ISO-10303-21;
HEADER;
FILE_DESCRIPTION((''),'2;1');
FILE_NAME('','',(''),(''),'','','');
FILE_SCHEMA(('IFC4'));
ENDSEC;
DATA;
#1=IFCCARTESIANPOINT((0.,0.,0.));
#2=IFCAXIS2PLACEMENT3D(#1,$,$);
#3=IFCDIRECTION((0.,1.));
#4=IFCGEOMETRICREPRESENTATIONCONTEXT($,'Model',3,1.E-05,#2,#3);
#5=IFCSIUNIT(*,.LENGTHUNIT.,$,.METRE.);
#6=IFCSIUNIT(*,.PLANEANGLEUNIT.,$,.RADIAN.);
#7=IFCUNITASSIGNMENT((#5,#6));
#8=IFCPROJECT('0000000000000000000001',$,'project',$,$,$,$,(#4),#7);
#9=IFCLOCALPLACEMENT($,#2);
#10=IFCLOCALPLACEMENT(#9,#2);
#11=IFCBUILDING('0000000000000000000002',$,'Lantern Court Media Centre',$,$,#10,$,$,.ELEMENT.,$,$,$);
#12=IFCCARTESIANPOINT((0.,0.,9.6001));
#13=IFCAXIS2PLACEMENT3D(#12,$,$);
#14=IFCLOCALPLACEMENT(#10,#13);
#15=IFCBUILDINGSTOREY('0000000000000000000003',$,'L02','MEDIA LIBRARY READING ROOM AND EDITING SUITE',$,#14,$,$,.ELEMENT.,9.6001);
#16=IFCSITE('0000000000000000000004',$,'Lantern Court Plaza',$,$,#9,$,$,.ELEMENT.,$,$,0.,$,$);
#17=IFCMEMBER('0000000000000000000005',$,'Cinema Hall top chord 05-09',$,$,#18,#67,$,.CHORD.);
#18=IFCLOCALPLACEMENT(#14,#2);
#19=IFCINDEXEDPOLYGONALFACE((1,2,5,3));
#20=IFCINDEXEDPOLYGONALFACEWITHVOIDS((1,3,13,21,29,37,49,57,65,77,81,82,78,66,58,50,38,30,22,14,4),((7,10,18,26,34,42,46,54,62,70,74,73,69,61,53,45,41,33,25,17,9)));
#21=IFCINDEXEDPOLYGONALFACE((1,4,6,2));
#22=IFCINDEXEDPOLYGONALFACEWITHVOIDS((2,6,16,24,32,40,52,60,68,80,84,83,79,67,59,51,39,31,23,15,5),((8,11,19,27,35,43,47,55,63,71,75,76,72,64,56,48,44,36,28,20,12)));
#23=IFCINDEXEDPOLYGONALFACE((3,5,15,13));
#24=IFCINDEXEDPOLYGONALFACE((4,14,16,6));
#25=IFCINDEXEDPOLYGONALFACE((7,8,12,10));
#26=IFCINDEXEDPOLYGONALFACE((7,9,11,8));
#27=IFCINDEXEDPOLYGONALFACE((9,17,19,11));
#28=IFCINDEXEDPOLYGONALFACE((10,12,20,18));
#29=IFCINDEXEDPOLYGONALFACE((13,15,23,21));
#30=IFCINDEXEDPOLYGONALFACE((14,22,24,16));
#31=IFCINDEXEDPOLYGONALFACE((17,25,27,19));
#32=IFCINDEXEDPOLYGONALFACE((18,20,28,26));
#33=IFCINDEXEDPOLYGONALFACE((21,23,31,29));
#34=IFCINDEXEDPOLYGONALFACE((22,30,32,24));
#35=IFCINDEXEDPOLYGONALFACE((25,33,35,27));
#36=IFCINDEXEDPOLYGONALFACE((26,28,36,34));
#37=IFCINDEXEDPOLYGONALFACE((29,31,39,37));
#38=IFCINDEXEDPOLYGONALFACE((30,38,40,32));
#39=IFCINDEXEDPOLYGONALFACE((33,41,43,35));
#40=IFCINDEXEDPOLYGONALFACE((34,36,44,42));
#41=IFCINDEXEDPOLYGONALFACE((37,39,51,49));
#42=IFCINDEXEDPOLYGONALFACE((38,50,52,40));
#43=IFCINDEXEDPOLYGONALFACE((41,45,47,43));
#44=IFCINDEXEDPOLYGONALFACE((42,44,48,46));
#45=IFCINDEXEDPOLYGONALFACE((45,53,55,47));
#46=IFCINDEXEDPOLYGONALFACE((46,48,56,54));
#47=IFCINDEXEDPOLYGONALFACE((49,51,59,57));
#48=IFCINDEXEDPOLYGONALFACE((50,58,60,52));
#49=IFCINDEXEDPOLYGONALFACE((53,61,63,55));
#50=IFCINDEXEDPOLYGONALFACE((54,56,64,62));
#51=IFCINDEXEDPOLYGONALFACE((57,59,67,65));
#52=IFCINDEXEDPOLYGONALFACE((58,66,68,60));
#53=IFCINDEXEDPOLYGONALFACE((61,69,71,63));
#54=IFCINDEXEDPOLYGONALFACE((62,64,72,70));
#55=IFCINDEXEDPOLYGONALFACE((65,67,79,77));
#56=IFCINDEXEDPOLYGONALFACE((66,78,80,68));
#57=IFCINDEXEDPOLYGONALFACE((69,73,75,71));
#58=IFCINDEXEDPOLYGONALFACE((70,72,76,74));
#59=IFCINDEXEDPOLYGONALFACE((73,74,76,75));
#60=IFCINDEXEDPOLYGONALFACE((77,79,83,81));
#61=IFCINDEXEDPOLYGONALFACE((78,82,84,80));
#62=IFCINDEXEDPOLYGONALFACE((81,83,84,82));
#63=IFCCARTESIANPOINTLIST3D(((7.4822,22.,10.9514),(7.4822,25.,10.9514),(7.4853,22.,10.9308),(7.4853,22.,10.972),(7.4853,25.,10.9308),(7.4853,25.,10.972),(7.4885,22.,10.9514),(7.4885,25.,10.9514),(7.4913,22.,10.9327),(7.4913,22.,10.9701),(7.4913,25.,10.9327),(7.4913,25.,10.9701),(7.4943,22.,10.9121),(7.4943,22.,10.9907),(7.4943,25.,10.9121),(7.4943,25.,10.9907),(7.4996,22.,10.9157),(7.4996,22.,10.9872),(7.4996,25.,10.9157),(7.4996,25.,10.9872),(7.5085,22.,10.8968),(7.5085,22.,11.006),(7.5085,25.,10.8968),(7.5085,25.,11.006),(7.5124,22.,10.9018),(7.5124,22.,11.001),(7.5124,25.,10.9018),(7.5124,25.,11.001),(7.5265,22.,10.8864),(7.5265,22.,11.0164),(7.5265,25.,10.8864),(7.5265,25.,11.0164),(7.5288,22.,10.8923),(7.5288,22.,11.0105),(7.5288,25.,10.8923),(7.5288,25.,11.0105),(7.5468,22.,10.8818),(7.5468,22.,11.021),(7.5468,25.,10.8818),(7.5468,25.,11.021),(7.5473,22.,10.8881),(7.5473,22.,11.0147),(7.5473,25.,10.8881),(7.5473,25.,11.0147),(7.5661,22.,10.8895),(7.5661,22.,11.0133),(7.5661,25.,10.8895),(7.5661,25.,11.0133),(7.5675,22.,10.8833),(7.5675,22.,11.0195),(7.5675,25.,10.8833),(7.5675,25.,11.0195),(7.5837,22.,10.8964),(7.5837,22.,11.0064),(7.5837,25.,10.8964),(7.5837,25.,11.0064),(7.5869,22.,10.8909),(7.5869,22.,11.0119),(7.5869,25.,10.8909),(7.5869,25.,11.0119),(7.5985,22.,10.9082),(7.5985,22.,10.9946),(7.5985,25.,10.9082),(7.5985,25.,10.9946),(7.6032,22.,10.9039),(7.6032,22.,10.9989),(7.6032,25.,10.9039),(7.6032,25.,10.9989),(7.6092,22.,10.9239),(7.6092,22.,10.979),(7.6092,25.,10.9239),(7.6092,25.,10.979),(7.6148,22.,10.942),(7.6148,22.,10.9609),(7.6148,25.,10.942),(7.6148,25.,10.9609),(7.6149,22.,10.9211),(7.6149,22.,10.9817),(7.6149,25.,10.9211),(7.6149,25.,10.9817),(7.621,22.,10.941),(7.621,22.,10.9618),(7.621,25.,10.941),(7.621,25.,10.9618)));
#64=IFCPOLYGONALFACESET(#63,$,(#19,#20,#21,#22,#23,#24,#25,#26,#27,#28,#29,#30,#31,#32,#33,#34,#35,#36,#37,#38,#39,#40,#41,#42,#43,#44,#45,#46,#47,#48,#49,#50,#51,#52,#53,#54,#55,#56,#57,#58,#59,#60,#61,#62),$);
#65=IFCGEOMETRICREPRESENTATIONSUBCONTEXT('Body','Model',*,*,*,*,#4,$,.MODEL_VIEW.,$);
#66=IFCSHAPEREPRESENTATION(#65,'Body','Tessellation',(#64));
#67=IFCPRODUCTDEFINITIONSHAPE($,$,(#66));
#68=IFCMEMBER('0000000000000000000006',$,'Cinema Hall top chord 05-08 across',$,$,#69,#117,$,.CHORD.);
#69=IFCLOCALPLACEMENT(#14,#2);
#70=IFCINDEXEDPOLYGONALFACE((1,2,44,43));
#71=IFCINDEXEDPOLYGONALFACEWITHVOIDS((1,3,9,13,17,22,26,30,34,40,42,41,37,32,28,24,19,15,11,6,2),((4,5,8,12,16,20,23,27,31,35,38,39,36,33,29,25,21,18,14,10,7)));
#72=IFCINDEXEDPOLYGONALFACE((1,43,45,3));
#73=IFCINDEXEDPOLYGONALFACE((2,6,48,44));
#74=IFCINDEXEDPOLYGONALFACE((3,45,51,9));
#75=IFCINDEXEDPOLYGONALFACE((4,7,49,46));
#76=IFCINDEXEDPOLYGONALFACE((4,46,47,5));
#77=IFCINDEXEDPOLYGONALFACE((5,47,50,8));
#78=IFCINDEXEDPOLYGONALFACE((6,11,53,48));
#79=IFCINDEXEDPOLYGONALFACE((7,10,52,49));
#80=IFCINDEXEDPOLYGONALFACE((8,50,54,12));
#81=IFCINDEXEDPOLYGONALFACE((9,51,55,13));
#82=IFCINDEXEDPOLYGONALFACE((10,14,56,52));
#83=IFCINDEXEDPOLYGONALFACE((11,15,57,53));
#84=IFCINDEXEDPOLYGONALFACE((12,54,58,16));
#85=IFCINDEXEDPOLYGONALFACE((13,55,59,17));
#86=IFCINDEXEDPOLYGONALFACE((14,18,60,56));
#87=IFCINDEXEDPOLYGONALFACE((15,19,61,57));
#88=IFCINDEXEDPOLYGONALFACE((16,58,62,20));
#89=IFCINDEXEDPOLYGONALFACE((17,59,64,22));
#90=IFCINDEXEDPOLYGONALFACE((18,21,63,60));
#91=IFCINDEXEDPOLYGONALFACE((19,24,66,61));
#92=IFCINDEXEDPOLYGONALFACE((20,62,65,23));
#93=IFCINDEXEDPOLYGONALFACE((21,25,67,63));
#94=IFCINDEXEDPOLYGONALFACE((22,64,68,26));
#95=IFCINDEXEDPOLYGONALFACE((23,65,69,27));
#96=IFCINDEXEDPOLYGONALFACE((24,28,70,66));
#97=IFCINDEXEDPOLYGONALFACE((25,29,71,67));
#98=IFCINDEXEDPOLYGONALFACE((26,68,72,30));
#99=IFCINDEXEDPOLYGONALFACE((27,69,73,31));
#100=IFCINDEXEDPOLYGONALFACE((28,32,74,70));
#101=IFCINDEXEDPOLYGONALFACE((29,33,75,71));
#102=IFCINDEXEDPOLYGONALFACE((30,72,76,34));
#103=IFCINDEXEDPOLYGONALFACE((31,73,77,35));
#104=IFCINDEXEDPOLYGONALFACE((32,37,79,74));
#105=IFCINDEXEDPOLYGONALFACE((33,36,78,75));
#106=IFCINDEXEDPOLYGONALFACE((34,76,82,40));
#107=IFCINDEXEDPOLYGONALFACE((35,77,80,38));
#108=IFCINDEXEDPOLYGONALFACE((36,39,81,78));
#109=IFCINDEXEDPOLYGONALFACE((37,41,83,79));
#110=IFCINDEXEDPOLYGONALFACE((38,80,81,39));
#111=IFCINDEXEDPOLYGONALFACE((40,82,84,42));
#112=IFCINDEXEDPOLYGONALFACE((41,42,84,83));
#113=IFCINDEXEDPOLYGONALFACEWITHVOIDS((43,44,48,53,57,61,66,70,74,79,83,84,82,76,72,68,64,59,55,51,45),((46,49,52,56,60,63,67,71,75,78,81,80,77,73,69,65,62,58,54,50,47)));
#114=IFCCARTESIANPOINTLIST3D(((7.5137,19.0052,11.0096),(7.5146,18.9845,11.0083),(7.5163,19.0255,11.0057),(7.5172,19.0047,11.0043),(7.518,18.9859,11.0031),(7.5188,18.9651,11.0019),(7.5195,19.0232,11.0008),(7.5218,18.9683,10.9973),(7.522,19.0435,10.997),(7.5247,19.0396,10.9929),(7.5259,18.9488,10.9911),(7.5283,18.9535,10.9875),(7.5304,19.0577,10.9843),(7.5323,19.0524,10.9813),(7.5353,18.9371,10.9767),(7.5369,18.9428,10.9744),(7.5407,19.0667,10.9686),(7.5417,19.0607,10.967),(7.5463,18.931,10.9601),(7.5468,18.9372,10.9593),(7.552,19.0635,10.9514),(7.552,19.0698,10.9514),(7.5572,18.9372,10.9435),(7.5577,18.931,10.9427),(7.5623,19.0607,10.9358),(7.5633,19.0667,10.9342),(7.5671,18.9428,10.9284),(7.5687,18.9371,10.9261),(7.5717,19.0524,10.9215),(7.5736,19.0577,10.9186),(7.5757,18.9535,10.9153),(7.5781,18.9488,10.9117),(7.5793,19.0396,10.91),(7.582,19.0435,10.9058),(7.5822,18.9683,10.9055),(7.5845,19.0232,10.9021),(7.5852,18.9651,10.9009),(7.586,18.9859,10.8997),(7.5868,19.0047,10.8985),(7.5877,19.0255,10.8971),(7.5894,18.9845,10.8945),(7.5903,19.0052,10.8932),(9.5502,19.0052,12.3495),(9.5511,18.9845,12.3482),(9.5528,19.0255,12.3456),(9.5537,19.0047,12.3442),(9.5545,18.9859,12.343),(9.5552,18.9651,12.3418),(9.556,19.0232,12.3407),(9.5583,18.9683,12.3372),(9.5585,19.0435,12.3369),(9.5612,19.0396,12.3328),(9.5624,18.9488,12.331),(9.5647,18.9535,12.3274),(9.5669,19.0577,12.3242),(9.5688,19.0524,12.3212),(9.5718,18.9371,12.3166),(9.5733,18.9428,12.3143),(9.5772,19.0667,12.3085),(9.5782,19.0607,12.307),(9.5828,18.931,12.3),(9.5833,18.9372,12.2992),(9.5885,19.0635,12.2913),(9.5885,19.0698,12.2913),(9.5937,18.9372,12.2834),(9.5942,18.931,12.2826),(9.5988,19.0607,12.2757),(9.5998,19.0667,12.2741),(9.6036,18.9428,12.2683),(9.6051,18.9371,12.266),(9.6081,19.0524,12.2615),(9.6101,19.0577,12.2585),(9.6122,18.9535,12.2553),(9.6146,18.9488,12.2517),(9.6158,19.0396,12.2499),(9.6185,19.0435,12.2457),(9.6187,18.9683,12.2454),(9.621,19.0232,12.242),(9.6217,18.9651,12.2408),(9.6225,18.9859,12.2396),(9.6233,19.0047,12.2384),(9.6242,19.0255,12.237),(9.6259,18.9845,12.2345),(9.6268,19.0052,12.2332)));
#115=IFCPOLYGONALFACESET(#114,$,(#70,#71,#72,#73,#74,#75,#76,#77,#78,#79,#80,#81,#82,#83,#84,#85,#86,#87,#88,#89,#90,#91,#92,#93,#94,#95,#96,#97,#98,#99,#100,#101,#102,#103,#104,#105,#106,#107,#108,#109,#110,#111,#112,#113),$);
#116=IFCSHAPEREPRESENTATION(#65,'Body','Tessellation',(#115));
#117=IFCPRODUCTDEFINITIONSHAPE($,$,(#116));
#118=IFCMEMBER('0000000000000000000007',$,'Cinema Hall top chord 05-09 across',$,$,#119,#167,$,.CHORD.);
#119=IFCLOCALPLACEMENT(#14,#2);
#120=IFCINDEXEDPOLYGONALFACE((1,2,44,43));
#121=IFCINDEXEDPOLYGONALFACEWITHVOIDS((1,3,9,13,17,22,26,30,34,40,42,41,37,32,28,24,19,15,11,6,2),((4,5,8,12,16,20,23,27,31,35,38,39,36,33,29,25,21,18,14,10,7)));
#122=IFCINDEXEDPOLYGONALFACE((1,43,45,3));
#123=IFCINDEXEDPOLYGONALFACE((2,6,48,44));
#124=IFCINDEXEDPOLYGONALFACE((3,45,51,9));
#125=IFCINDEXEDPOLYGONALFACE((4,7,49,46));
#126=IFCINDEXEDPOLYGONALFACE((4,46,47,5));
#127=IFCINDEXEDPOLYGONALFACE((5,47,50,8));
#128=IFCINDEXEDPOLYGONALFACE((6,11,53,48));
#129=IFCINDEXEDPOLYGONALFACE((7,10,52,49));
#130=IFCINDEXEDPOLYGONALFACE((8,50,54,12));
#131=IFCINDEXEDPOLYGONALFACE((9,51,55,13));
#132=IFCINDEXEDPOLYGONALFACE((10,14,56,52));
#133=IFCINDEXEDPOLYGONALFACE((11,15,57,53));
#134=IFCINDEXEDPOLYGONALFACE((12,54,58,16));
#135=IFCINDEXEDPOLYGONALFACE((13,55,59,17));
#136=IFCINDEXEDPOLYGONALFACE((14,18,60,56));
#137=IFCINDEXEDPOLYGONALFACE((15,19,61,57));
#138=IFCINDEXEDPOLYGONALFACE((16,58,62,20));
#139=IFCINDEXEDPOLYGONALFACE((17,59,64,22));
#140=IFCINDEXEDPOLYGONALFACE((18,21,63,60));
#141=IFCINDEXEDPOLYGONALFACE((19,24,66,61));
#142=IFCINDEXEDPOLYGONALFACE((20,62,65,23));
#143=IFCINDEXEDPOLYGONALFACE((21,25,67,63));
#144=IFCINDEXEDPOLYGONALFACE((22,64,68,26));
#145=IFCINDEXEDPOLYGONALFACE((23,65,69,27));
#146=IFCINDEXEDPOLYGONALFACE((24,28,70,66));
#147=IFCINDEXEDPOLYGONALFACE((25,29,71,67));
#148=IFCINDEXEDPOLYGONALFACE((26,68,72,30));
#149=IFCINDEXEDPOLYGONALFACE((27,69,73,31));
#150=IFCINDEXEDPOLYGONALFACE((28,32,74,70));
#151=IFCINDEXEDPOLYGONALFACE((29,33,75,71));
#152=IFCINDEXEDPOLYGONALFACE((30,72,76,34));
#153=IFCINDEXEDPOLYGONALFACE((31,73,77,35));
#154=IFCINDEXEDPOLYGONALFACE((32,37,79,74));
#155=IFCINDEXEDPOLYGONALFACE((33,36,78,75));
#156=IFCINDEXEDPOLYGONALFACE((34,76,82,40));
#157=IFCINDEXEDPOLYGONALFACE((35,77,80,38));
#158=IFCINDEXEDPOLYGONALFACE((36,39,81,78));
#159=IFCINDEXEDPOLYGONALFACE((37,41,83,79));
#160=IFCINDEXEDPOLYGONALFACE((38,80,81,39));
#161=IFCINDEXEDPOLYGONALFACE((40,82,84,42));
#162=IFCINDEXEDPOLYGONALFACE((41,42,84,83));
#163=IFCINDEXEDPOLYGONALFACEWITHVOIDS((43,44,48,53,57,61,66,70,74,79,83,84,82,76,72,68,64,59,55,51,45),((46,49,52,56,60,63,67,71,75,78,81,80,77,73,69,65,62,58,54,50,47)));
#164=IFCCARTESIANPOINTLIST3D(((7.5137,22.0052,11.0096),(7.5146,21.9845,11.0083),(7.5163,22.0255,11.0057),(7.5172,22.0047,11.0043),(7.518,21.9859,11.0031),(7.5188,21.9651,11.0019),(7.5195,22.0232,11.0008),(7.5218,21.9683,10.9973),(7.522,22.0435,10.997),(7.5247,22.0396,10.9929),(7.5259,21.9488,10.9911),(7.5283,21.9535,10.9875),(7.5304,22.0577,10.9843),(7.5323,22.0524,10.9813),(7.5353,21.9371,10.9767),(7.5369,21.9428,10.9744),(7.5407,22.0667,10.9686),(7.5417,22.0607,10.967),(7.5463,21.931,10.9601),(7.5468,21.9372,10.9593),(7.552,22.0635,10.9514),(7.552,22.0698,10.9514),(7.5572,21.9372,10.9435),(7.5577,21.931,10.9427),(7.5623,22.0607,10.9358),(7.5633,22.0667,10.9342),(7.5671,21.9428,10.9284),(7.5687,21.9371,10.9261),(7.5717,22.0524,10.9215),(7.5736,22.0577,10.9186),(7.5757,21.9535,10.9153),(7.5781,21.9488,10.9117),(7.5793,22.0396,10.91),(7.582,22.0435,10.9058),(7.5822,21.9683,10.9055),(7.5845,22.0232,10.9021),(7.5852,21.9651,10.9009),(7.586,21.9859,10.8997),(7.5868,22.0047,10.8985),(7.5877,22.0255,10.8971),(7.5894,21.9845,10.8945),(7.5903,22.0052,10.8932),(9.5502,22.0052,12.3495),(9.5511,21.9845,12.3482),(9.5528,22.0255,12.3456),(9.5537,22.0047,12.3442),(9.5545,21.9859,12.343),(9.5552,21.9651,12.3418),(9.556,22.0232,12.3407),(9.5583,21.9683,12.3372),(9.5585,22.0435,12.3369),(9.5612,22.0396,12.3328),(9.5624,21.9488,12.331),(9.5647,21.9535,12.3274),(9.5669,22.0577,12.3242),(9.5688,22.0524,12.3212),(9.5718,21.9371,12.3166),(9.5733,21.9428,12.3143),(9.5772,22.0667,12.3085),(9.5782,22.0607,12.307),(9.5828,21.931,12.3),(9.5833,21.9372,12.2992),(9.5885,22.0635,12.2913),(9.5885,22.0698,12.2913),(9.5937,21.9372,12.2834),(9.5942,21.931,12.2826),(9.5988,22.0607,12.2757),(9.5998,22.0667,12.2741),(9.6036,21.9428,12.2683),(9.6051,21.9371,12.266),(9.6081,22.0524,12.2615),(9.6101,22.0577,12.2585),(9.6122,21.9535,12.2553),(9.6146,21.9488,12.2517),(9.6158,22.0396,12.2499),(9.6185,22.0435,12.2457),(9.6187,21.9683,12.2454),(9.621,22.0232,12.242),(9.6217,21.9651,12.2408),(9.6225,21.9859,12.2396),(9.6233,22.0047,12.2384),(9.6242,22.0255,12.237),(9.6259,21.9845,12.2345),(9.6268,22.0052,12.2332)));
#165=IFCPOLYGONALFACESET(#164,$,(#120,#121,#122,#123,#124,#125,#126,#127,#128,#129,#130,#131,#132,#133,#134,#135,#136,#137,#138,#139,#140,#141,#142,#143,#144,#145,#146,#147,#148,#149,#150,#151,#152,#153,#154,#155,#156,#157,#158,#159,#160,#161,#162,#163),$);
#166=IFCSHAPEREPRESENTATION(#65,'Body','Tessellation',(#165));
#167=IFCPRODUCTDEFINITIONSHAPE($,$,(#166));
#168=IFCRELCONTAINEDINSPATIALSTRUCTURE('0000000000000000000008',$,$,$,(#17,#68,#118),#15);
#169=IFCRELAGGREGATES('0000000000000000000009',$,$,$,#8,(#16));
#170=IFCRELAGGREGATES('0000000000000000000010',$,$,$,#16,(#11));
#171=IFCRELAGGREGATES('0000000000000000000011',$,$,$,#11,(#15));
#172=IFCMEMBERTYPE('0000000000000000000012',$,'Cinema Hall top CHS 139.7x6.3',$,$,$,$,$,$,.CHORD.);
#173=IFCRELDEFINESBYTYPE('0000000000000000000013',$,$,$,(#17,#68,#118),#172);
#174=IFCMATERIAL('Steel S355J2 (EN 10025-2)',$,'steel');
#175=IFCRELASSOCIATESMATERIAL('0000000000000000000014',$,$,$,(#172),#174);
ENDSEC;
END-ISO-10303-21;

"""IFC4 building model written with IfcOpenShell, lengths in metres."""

from ifc_helpers import new_model, si_unit, direction, frame, origin, origin_2d, place, context, subcontext, project, spatial, hollow_circle, extrude, material, material_profile, profile_set, type_object, element, save


model = new_model("IFC4")

# Units and contexts
model_context = context("Model", 3, precision=1e-05, world=origin(), true_north=direction((0.0, 1.0)))
body_context = subcontext(model_context, "Body", "Model", "MODEL_VIEW")
ifc_project = project(units=[si_unit("LENGTHUNIT", "METRE"), si_unit("PLANEANGLEUNIT", "RADIAN")], contexts=[model_context])

# Site, building, storey
site_placement = place(None, origin())
site = spatial("IfcSite", under=ifc_project, at=site_placement, Name="Lantern Court Plaza", CompositionType="ELEMENT", RefElevation=0.0)
building_placement = place(site_placement, origin())
building = spatial("IfcBuilding", under=site, at=building_placement, Name="Lantern Court Media Centre", CompositionType="ELEMENT")
storey_placement = place(building_placement, frame((0.0, 0.0, 9.6001)))
storey = spatial("IfcBuildingStorey", under=building, at=storey_placement, Name="L02", Description="MEDIA LIBRARY READING ROOM AND EDITING SUITE", CompositionType="ELEMENT", Elevation=9.6001)

# Members
ifc_material = material(Name="Steel S355J2 (EN 10025-2)", Category="steel")
ifc_material_profile_1 = material_profile(ifc_material, hollow_circle(Radius=0.0698, WallThickness=0.0063, at=origin_2d()), Name="Cinema Hall top CHS 139.7x6.3")
ifc_profile_set_1 = profile_set([ifc_material_profile_1], Name="Steel S355J2 (EN 10025-2)")
member_type_1 = type_object("IfcMemberType", Name="Cinema Hall top CHS 139.7x6.3", PredefinedType="CHORD", material=ifc_profile_set_1)
for number, where, z_axis, x_axis, name in (
    (1, (7.552, 22.0, 10.9514), (0.0, 1.0, 0.0), (-1.0, 0.0, 0.0), "Cinema Hall top chord 05-09"),
):
    element("IfcMember", number, at=place(storey_placement, frame(where, z_axis=z_axis, x_axis=x_axis)), inside=storey, type_object=member_type_1, Name=name, PredefinedType="CHORD", context=body_context, shape_type="SweptSolid", body=[
        extrude(hollow_circle(Radius=0.0698, WallThickness=0.0063, at=origin_2d()), origin(), (0.0, 0.0, 1.0), 3.0),
    ])
for number, where, z_axis, x_axis, name in (
    (2, (7.552, 19.0, 10.9514), (0.835394, 0.0, 0.549651), (0.0, 1.0, 0.0), "Cinema Hall top chord 05-08 across"),
    (3, (7.552, 22.0, 10.9514), (0.835394, 0.0, 0.549651), (0.0, 1.0, 0.0), "Cinema Hall top chord 05-09 across"),
):
    element("IfcMember", number, at=place(storey_placement, frame(where, z_axis=z_axis, x_axis=x_axis)), inside=storey, type_object=member_type_1, Name=name, PredefinedType="CHORD", context=body_context, shape_type="SweptSolid", body=[
        extrude(hollow_circle(Radius=0.0698, WallThickness=0.0063, at=origin_2d()), origin(), (0.0, 0.0, 1.0), 2.4377),
    ])

save(model, "model.ifc")
